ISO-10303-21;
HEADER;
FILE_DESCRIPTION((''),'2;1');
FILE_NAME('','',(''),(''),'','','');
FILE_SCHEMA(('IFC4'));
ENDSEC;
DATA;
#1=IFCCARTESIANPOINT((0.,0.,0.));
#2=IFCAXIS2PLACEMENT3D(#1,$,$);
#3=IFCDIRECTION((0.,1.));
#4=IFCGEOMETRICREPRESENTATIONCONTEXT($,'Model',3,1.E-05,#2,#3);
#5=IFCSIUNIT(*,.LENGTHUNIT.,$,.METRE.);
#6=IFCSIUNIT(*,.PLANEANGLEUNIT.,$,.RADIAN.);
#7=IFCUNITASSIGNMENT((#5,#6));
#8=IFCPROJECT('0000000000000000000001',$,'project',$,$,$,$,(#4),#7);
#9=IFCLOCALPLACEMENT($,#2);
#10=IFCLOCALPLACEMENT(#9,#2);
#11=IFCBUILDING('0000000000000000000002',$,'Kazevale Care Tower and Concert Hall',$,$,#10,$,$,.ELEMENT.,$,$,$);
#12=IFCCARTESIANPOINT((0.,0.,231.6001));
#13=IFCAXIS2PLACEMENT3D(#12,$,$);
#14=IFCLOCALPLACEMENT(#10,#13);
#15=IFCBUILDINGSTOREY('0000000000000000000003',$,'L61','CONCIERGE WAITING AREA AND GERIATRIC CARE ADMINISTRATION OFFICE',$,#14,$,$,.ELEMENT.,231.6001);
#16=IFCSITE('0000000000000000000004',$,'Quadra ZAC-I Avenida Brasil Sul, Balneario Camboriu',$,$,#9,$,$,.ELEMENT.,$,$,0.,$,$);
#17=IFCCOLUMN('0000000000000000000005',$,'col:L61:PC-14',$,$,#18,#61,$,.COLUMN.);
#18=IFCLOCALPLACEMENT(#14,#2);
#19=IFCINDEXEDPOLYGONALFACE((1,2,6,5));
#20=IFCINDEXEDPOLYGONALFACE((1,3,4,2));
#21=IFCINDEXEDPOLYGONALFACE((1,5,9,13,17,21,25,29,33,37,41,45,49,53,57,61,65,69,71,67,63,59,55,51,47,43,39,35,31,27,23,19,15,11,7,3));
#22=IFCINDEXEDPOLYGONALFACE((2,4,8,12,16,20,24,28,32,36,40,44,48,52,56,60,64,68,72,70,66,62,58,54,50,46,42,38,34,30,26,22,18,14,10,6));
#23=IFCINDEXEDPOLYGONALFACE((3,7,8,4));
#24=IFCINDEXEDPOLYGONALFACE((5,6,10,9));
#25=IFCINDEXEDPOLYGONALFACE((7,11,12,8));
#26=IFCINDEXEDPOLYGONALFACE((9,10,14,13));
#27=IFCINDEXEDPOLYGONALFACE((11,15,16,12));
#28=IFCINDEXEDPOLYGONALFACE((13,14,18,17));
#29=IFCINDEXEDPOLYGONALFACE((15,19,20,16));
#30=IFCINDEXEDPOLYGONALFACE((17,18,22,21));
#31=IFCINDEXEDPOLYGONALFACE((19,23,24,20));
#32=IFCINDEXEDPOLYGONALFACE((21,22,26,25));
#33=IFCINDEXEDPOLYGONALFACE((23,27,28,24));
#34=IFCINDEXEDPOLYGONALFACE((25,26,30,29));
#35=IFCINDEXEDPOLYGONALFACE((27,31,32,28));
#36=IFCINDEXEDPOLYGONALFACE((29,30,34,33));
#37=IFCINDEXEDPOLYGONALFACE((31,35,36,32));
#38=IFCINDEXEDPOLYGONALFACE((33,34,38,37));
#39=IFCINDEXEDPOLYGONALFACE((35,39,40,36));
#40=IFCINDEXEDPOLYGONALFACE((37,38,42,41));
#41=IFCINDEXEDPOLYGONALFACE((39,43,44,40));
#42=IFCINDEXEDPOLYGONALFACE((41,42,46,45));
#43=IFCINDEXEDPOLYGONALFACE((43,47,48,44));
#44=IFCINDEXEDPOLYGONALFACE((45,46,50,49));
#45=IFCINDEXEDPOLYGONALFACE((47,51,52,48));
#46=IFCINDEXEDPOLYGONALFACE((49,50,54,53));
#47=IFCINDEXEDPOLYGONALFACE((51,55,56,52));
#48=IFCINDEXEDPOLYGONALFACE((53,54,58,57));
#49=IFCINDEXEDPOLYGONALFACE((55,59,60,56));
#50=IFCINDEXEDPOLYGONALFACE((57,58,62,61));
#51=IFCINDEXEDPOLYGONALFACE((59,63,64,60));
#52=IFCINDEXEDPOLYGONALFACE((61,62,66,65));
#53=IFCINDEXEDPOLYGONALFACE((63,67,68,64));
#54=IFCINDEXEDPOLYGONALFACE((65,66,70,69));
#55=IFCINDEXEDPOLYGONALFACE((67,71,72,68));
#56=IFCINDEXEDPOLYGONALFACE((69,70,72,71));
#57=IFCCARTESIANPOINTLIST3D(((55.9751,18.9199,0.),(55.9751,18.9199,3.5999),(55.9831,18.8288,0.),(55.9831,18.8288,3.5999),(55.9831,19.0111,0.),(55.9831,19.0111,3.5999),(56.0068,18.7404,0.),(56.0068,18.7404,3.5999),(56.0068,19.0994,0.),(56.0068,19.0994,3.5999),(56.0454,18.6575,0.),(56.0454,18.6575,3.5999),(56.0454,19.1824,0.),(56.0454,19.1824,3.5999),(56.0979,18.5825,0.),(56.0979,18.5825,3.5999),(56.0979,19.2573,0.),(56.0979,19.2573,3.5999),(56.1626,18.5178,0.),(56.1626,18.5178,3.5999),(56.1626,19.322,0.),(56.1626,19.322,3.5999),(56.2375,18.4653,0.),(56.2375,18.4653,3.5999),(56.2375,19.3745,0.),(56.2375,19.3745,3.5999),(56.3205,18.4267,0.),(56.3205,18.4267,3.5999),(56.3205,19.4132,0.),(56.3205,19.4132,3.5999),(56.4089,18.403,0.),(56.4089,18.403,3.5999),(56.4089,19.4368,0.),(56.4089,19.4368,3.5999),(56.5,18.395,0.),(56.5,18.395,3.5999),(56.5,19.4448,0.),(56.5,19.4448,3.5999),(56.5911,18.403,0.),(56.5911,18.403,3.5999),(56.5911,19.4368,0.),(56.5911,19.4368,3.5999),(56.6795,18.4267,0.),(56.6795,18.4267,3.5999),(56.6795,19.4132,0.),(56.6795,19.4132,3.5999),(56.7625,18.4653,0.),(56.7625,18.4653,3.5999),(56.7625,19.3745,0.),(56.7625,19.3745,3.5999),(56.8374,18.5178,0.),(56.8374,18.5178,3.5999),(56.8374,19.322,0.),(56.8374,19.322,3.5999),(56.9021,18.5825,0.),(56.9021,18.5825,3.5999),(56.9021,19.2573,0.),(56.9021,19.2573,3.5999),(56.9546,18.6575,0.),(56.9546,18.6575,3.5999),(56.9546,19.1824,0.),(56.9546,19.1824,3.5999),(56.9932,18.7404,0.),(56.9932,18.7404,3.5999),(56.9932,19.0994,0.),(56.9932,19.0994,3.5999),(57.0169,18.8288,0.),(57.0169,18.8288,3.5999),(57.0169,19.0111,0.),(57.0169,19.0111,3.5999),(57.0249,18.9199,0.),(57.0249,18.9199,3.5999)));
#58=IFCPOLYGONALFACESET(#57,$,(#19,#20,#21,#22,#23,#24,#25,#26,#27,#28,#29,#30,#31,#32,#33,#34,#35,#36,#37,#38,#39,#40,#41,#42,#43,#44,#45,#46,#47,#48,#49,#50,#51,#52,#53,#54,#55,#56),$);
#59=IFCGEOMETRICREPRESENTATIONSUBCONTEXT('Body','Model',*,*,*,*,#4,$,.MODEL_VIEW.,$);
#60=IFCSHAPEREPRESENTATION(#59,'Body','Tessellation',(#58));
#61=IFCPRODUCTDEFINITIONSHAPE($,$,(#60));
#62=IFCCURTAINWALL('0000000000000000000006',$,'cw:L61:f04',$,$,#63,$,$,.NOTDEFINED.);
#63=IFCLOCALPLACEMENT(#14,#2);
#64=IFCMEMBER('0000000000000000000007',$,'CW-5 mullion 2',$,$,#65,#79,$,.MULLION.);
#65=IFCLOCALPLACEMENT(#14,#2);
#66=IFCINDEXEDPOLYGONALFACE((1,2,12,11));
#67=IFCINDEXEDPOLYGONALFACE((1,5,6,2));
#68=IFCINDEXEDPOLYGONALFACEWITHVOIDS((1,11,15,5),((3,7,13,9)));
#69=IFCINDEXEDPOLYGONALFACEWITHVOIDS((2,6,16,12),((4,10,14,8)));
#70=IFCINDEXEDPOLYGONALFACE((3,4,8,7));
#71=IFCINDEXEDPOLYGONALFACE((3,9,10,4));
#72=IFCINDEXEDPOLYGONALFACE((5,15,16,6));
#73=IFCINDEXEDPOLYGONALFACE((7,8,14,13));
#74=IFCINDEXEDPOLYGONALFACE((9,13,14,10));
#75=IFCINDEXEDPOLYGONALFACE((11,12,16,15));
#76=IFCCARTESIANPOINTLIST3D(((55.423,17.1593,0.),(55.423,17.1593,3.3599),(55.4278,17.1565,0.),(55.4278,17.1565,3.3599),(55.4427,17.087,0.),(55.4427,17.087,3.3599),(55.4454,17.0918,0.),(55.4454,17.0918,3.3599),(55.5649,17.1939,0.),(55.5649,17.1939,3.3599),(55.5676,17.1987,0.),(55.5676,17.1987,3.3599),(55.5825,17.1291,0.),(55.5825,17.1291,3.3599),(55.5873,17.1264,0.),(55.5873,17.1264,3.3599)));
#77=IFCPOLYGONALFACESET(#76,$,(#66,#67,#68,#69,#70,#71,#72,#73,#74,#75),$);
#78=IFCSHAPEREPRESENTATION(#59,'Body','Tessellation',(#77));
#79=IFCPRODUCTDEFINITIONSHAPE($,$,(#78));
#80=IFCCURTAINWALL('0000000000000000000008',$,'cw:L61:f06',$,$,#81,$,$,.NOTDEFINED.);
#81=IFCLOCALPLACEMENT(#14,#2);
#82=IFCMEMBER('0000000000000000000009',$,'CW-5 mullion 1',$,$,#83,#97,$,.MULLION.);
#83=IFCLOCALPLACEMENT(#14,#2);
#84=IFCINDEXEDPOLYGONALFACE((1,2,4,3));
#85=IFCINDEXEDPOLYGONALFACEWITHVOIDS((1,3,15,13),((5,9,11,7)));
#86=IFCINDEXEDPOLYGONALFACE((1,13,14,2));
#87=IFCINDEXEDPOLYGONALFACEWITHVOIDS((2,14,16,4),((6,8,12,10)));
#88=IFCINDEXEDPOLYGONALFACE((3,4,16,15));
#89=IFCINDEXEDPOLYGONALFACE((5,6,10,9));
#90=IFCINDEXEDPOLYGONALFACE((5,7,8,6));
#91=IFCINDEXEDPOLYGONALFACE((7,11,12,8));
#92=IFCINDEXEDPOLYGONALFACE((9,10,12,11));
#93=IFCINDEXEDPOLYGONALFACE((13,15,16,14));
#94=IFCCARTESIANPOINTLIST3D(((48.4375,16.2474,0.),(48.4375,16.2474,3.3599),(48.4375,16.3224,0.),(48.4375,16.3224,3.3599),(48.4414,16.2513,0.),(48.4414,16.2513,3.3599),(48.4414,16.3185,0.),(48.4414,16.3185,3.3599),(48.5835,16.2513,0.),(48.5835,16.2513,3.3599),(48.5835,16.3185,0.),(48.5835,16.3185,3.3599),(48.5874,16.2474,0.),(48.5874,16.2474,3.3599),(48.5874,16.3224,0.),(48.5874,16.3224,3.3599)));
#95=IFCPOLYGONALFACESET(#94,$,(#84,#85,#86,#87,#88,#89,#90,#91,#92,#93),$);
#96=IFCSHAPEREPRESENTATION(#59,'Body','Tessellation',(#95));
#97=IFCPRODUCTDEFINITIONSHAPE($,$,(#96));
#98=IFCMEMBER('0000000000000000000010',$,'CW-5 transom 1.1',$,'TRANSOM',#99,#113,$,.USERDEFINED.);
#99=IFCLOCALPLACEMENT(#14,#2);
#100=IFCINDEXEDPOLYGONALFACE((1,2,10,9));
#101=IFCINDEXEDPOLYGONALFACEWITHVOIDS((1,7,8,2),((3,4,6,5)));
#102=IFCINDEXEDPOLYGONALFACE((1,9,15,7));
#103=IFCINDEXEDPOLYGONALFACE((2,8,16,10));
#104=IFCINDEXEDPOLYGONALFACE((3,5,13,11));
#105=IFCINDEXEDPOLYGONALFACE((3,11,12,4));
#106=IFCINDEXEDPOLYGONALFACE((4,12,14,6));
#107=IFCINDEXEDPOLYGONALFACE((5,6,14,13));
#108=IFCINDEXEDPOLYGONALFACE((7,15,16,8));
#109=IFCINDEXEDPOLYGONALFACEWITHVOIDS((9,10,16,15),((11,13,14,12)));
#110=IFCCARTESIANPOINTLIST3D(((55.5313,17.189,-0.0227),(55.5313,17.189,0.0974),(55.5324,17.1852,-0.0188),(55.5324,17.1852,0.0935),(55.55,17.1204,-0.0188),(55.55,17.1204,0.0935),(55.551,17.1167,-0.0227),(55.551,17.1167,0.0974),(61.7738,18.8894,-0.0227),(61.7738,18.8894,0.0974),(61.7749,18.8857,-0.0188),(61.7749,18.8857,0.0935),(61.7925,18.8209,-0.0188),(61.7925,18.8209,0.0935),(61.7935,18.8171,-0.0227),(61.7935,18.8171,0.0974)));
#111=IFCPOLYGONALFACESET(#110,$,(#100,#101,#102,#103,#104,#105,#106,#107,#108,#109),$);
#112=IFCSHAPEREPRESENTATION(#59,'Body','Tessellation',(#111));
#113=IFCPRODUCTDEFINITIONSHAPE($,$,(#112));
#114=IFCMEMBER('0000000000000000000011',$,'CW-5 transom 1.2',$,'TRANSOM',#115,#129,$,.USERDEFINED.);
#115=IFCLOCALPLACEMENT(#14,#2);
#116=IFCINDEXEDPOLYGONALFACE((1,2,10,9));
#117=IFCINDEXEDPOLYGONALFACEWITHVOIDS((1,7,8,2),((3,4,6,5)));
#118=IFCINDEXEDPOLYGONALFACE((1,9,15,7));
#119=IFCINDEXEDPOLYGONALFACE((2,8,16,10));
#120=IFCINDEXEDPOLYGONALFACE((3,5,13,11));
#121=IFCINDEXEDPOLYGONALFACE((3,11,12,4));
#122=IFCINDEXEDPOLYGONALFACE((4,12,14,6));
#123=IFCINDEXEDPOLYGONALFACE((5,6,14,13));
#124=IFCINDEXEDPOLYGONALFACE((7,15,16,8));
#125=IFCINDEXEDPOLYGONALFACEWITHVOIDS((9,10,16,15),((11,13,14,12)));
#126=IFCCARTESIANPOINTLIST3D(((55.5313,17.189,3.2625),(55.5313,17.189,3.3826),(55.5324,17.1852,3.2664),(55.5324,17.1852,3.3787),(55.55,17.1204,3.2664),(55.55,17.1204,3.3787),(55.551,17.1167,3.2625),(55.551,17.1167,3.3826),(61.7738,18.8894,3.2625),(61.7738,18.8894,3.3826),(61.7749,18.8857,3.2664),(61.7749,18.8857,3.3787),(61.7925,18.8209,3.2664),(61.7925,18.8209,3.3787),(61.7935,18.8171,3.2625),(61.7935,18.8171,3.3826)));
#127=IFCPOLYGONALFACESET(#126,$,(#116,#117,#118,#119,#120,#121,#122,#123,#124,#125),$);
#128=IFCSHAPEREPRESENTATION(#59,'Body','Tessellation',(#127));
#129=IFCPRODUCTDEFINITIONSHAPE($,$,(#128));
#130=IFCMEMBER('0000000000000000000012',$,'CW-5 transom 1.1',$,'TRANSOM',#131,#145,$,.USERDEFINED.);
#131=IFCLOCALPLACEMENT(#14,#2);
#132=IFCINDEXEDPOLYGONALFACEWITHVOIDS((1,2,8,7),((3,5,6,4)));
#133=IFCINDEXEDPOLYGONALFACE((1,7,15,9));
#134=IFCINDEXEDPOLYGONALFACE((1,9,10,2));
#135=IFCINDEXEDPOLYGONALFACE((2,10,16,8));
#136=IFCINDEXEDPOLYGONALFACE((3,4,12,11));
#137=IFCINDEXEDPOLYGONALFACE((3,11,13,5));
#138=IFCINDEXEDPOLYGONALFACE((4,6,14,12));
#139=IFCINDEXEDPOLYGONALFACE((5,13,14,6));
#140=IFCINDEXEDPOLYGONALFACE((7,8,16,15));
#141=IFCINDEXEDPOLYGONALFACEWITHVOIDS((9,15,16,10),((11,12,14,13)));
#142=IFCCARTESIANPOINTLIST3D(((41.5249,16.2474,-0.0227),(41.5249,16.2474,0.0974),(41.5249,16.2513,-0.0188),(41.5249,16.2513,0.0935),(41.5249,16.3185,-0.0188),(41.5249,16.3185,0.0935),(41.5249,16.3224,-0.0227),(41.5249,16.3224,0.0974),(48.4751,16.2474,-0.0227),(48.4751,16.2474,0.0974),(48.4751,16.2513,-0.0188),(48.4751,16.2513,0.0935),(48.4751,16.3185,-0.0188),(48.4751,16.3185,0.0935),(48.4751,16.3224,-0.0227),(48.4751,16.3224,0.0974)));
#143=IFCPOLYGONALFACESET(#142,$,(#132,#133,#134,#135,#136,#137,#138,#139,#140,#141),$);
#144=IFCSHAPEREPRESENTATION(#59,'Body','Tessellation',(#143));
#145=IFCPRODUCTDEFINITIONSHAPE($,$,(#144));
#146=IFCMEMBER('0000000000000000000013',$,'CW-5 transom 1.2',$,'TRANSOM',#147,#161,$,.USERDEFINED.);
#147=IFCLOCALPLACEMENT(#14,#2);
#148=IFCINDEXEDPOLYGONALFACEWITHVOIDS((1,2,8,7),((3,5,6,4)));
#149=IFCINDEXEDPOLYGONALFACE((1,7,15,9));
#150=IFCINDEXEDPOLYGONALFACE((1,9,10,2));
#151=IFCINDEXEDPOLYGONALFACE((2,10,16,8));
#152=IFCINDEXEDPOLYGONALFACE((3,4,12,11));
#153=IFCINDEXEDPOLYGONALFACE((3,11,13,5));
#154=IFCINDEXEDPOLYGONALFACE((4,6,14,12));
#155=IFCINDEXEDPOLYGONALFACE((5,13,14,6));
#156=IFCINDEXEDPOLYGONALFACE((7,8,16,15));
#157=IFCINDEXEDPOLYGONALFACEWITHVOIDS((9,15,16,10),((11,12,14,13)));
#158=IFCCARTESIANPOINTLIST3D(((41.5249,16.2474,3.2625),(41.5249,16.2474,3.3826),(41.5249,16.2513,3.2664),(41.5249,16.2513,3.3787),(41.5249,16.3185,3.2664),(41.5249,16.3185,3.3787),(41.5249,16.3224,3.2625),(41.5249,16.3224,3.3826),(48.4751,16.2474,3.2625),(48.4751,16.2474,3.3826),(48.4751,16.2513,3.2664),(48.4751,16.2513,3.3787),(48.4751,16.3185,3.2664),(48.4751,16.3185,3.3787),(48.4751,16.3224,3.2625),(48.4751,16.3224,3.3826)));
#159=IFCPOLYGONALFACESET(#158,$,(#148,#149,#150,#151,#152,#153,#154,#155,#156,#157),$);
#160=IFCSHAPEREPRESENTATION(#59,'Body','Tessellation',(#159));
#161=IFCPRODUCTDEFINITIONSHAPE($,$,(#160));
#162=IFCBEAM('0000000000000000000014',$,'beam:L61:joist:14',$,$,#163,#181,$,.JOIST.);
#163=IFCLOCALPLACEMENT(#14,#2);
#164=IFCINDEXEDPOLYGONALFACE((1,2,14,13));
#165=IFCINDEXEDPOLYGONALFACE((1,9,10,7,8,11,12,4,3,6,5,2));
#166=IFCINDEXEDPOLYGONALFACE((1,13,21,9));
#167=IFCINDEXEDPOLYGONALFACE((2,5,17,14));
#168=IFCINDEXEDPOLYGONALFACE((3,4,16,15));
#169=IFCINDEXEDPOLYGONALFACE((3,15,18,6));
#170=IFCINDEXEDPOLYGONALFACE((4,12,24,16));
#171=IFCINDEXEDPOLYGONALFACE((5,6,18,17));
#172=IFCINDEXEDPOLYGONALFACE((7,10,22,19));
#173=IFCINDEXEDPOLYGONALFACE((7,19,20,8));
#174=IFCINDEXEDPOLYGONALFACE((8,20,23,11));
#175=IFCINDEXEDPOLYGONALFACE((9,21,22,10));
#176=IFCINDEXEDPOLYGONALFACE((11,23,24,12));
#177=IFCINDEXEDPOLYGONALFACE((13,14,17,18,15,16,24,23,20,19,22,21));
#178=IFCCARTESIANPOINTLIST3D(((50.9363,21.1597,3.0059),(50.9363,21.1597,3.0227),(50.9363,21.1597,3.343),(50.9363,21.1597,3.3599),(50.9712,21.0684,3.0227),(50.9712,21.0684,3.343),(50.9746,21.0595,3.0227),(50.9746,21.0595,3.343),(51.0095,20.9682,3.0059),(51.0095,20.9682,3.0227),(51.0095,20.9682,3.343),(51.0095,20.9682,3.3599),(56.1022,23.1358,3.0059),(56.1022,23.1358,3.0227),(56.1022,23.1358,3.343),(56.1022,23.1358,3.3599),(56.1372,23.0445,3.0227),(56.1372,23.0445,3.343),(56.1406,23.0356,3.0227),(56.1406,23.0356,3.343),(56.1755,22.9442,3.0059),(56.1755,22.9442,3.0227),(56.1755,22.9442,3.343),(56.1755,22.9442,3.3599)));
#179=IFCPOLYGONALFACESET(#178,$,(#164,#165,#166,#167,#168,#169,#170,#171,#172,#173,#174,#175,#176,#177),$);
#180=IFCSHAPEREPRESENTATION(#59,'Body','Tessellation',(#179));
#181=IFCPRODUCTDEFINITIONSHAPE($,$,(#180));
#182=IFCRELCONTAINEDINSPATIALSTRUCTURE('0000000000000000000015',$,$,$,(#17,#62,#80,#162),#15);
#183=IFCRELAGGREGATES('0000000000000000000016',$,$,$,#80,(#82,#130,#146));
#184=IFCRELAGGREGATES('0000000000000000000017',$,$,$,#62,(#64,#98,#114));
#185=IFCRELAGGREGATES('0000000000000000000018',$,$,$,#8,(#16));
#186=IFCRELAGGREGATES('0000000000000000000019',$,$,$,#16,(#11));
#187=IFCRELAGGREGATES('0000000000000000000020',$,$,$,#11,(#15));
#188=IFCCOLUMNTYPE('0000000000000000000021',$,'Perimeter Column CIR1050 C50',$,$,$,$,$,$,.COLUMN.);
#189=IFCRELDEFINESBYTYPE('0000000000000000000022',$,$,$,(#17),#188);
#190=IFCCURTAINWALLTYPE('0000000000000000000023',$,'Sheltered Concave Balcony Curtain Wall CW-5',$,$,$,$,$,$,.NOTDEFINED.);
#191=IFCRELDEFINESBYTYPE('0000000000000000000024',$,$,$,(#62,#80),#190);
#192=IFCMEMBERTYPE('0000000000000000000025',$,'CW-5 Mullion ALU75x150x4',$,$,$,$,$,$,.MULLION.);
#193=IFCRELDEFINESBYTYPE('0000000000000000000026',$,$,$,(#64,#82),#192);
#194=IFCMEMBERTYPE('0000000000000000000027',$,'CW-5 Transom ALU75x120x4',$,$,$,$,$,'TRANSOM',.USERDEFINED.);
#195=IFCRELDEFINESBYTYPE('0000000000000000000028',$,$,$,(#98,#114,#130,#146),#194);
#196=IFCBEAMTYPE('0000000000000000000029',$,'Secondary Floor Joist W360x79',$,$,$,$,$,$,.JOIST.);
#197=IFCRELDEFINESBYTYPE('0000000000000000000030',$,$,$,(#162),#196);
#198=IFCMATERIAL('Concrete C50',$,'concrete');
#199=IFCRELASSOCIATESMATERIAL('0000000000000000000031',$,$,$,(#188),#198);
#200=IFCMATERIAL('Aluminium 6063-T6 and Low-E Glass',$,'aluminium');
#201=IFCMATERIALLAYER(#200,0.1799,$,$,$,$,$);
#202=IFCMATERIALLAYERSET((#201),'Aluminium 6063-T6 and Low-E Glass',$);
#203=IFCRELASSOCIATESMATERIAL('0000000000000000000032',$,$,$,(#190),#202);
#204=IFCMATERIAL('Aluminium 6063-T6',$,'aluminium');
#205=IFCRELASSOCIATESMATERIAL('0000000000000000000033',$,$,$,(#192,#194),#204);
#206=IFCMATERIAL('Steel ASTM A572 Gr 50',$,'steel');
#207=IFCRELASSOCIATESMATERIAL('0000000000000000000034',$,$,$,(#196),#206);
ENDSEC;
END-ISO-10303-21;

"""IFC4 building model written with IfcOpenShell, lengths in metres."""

from ifc_helpers import new_model, si_unit, direction, frame, origin, origin_2d, place, context, subcontext, project, spatial, hollow_rectangle, circle, i_section, extrude, material, layer, layer_set, material_profile, profile_set, type_object, element, aggregate, save


model = new_model("IFC4")

# Units and contexts
model_context = context("Model", 3, precision=1e-05, world=origin(), true_north=direction((0.0, 1.0)))
body_context = subcontext(model_context, "Body", "Model", "MODEL_VIEW")
ifc_project = project(units=[si_unit("LENGTHUNIT", "METRE"), si_unit("PLANEANGLEUNIT", "RADIAN")], contexts=[model_context])

# Site, building, storey
site_placement = place(None, origin())
site = spatial("IfcSite", under=ifc_project, at=site_placement, Name="Quadra ZAC-I Avenida Brasil Sul, Balneario Camboriu", CompositionType="ELEMENT", RefElevation=0.0)
building_placement = place(site_placement, origin())
building = spatial("IfcBuilding", under=site, at=building_placement, Name="Kazevale Care Tower and Concert Hall", CompositionType="ELEMENT")
storey_placement = place(building_placement, frame((0.0, 0.0, 231.6001)))
storey = spatial("IfcBuildingStorey", under=building, at=storey_placement, Name="L61", Description="CONCIERGE WAITING AREA AND GERIATRIC CARE ADMINISTRATION OFFICE", CompositionType="ELEMENT", Elevation=231.6001)

# Column
ifc_material_1 = material(Name="Concrete C50", Category="concrete")
ifc_material_profile_1 = material_profile(ifc_material_1, circle(Radius=0.5249, at=origin_2d()), Name="RC-CIR1050")
ifc_profile_set_1 = profile_set([ifc_material_profile_1], Name="Concrete C50")
column_type = type_object("IfcColumnType", Name="Perimeter Column CIR1050 C50", PredefinedType="COLUMN", material=ifc_profile_set_1)
column_placement = place(storey_placement, frame((56.5, 18.9199, 0.0), z_axis=(0.0, 0.0, 1.0), x_axis=(1.0, 0.0, 0.0)))
element("IfcColumn", 1, at=column_placement, inside=storey, type_object=column_type, Name="col:L61:PC-14", PredefinedType="COLUMN", context=body_context, shape_type="SweptSolid", body=[
    extrude(circle(Radius=0.5249, at=origin_2d()), origin(), (0.0, 0.0, 1.0), 3.5999),
])

# Curtain walls, members
ifc_material_2 = material(Name="Aluminium 6063-T6 and Low-E Glass", Category="aluminium")
ifc_layer_1 = layer(ifc_material_2, 0.1799)
ifc_layer_set_1 = layer_set([ifc_layer_1], Name="Aluminium 6063-T6 and Low-E Glass")
curtain_wall_type = type_object("IfcCurtainWallType", Name="Sheltered Concave Balcony Curtain Wall CW-5", PredefinedType="NOTDEFINED", material=ifc_layer_set_1)
curtain_wall_1_placement = place(storey_placement, origin())
curtain_wall_1 = element("IfcCurtainWall", 2, at=curtain_wall_1_placement, inside=storey, type_object=curtain_wall_type, Name="cw:L61:f04", PredefinedType="NOTDEFINED")
ifc_material_3 = material(Name="Aluminium 6063-T6", Category="aluminium")
ifc_material_profile_2 = material_profile(ifc_material_3, hollow_rectangle(XDim=0.075, YDim=0.1499, WallThickness=0.0039, at=origin_2d()), Name="ALU75x150x4")
ifc_profile_set_2 = profile_set([ifc_material_profile_2], Name="Aluminium 6063-T6")
member_type_1 = type_object("IfcMemberType", Name="CW-5 Mullion ALU75x150x4", PredefinedType="MULLION", material=ifc_profile_set_2)
member_1_placement = place(storey_placement, frame((55.5051, 17.1428, 0.0), z_axis=(0.0, 0.0, 1.0), x_axis=(0.262849, -0.964837, 0.0)))
member_1 = element("IfcMember", 3, at=member_1_placement, type_object=member_type_1, Name="CW-5 mullion 2", PredefinedType="MULLION", context=body_context, shape_type="SweptSolid", body=[
    extrude(hollow_rectangle(XDim=0.075, YDim=0.1499, WallThickness=0.0039, at=origin_2d()), origin(), (0.0, 0.0, 1.0), 3.3599),
])
curtain_wall_2_placement = place(storey_placement, origin())
curtain_wall_2 = element("IfcCurtainWall", 4, at=curtain_wall_2_placement, inside=storey, type_object=curtain_wall_type, Name="cw:L61:f06", PredefinedType="NOTDEFINED")
member_2_placement = place(storey_placement, frame((48.5125, 16.2849, 0.0), z_axis=(0.0, 0.0, 1.0), x_axis=(0.0, -1.0, 0.0)))
member_2 = element("IfcMember", 5, at=member_2_placement, type_object=member_type_1, Name="CW-5 mullion 1", PredefinedType="MULLION", context=body_context, shape_type="SweptSolid", body=[
    extrude(hollow_rectangle(XDim=0.075, YDim=0.1499, WallThickness=0.0039, at=origin_2d()), origin(), (0.0, 0.0, 1.0), 3.3599),
])

# Members
ifc_material_profile_3 = material_profile(ifc_material_3, hollow_rectangle(XDim=0.075, YDim=0.1201, WallThickness=0.0039, at=origin_2d()), Name="ALU75x120x4")
ifc_profile_set_3 = profile_set([ifc_material_profile_3], Name="Aluminium 6063-T6")
member_type_2 = type_object("IfcMemberType", Name="CW-5 Transom ALU75x120x4", ElementType="TRANSOM", PredefinedType="USERDEFINED", material=ifc_profile_set_3)
member_3_placement = place(storey_placement, frame((61.7837, 18.8533, 0.0374), z_axis=(-0.964844, -0.262824, 0.0), x_axis=(0.262824, -0.964844, 0.0)))
member_3 = element("IfcMember", 6, at=member_3_placement, type_object=member_type_2, Name="CW-5 transom 1.1", ObjectType="TRANSOM", PredefinedType="USERDEFINED", context=body_context, shape_type="SweptSolid", body=[
    extrude(hollow_rectangle(XDim=0.075, YDim=0.1201, WallThickness=0.0039, at=origin_2d()), origin(), (0.0, 0.0, 1.0), 6.47),
])
member_4_placement = place(storey_placement, frame((61.7837, 18.8533, 3.3225), z_axis=(-0.964844, -0.262824, 0.0), x_axis=(0.262824, -0.964844, 0.0)))
member_4 = element("IfcMember", 7, at=member_4_placement, type_object=member_type_2, Name="CW-5 transom 1.2", ObjectType="TRANSOM", PredefinedType="USERDEFINED", context=body_context, shape_type="SweptSolid", body=[
    extrude(hollow_rectangle(XDim=0.075, YDim=0.1201, WallThickness=0.0039, at=origin_2d()), origin(), (0.0, 0.0, 1.0), 6.47),
])
member_5_placement = place(storey_placement, frame((48.4751, 16.2849, 0.0374), z_axis=(-1.0, 0.0, 0.0), x_axis=(0.0, -1.0, 0.0)))
member_5 = element("IfcMember", 8, at=member_5_placement, type_object=member_type_2, Name="CW-5 transom 1.1", ObjectType="TRANSOM", PredefinedType="USERDEFINED", context=body_context, shape_type="SweptSolid", body=[
    extrude(hollow_rectangle(XDim=0.075, YDim=0.1201, WallThickness=0.0039, at=origin_2d()), origin(), (0.0, 0.0, 1.0), 6.9502),
])
member_6_placement = place(storey_placement, frame((48.4751, 16.2849, 3.3225), z_axis=(-1.0, 0.0, 0.0), x_axis=(0.0, -1.0, 0.0)))
member_6 = element("IfcMember", 9, at=member_6_placement, type_object=member_type_2, Name="CW-5 transom 1.2", ObjectType="TRANSOM", PredefinedType="USERDEFINED", context=body_context, shape_type="SweptSolid", body=[
    extrude(hollow_rectangle(XDim=0.075, YDim=0.1201, WallThickness=0.0039, at=origin_2d()), origin(), (0.0, 0.0, 1.0), 6.9502),
])
aggregate(curtain_wall_2, [member_2, member_5, member_6])

# Beam
ifc_material_4 = material(Name="Steel ASTM A572 Gr 50", Category="steel")
ifc_material_profile_4 = material_profile(ifc_material_4, i_section(OverallWidth=0.2051, OverallDepth=0.354, WebThickness=0.0095, FlangeThickness=0.0168, at=origin_2d()), Name="W360x79")
ifc_profile_set_4 = profile_set([ifc_material_profile_4], Name="Steel ASTM A572 Gr 50")
beam_type_1 = type_object("IfcBeamType", Name="Secondary Floor Joist W360x79", PredefinedType="JOIST", material=ifc_profile_set_4)
beam_1_placement = place(storey_placement, frame((50.9729, 21.064, 3.1829), z_axis=(0.934002, 0.357269, 0.0), x_axis=(-0.357269, 0.934002, 0.0)))
element("IfcBeam", 10, at=beam_1_placement, inside=storey, type_object=beam_type_1, Name="beam:L61:joist:14", PredefinedType="JOIST", context=body_context, shape_type="SweptSolid", body=[
    extrude(i_section(OverallWidth=0.2051, OverallDepth=0.354, WebThickness=0.0095, FlangeThickness=0.0168, at=origin_2d()), origin(), (0.0, 0.0, 1.0), 5.531),
])

aggregate(curtain_wall_1, [member_1, member_3, member_4])

save(model, "model.ifc")
